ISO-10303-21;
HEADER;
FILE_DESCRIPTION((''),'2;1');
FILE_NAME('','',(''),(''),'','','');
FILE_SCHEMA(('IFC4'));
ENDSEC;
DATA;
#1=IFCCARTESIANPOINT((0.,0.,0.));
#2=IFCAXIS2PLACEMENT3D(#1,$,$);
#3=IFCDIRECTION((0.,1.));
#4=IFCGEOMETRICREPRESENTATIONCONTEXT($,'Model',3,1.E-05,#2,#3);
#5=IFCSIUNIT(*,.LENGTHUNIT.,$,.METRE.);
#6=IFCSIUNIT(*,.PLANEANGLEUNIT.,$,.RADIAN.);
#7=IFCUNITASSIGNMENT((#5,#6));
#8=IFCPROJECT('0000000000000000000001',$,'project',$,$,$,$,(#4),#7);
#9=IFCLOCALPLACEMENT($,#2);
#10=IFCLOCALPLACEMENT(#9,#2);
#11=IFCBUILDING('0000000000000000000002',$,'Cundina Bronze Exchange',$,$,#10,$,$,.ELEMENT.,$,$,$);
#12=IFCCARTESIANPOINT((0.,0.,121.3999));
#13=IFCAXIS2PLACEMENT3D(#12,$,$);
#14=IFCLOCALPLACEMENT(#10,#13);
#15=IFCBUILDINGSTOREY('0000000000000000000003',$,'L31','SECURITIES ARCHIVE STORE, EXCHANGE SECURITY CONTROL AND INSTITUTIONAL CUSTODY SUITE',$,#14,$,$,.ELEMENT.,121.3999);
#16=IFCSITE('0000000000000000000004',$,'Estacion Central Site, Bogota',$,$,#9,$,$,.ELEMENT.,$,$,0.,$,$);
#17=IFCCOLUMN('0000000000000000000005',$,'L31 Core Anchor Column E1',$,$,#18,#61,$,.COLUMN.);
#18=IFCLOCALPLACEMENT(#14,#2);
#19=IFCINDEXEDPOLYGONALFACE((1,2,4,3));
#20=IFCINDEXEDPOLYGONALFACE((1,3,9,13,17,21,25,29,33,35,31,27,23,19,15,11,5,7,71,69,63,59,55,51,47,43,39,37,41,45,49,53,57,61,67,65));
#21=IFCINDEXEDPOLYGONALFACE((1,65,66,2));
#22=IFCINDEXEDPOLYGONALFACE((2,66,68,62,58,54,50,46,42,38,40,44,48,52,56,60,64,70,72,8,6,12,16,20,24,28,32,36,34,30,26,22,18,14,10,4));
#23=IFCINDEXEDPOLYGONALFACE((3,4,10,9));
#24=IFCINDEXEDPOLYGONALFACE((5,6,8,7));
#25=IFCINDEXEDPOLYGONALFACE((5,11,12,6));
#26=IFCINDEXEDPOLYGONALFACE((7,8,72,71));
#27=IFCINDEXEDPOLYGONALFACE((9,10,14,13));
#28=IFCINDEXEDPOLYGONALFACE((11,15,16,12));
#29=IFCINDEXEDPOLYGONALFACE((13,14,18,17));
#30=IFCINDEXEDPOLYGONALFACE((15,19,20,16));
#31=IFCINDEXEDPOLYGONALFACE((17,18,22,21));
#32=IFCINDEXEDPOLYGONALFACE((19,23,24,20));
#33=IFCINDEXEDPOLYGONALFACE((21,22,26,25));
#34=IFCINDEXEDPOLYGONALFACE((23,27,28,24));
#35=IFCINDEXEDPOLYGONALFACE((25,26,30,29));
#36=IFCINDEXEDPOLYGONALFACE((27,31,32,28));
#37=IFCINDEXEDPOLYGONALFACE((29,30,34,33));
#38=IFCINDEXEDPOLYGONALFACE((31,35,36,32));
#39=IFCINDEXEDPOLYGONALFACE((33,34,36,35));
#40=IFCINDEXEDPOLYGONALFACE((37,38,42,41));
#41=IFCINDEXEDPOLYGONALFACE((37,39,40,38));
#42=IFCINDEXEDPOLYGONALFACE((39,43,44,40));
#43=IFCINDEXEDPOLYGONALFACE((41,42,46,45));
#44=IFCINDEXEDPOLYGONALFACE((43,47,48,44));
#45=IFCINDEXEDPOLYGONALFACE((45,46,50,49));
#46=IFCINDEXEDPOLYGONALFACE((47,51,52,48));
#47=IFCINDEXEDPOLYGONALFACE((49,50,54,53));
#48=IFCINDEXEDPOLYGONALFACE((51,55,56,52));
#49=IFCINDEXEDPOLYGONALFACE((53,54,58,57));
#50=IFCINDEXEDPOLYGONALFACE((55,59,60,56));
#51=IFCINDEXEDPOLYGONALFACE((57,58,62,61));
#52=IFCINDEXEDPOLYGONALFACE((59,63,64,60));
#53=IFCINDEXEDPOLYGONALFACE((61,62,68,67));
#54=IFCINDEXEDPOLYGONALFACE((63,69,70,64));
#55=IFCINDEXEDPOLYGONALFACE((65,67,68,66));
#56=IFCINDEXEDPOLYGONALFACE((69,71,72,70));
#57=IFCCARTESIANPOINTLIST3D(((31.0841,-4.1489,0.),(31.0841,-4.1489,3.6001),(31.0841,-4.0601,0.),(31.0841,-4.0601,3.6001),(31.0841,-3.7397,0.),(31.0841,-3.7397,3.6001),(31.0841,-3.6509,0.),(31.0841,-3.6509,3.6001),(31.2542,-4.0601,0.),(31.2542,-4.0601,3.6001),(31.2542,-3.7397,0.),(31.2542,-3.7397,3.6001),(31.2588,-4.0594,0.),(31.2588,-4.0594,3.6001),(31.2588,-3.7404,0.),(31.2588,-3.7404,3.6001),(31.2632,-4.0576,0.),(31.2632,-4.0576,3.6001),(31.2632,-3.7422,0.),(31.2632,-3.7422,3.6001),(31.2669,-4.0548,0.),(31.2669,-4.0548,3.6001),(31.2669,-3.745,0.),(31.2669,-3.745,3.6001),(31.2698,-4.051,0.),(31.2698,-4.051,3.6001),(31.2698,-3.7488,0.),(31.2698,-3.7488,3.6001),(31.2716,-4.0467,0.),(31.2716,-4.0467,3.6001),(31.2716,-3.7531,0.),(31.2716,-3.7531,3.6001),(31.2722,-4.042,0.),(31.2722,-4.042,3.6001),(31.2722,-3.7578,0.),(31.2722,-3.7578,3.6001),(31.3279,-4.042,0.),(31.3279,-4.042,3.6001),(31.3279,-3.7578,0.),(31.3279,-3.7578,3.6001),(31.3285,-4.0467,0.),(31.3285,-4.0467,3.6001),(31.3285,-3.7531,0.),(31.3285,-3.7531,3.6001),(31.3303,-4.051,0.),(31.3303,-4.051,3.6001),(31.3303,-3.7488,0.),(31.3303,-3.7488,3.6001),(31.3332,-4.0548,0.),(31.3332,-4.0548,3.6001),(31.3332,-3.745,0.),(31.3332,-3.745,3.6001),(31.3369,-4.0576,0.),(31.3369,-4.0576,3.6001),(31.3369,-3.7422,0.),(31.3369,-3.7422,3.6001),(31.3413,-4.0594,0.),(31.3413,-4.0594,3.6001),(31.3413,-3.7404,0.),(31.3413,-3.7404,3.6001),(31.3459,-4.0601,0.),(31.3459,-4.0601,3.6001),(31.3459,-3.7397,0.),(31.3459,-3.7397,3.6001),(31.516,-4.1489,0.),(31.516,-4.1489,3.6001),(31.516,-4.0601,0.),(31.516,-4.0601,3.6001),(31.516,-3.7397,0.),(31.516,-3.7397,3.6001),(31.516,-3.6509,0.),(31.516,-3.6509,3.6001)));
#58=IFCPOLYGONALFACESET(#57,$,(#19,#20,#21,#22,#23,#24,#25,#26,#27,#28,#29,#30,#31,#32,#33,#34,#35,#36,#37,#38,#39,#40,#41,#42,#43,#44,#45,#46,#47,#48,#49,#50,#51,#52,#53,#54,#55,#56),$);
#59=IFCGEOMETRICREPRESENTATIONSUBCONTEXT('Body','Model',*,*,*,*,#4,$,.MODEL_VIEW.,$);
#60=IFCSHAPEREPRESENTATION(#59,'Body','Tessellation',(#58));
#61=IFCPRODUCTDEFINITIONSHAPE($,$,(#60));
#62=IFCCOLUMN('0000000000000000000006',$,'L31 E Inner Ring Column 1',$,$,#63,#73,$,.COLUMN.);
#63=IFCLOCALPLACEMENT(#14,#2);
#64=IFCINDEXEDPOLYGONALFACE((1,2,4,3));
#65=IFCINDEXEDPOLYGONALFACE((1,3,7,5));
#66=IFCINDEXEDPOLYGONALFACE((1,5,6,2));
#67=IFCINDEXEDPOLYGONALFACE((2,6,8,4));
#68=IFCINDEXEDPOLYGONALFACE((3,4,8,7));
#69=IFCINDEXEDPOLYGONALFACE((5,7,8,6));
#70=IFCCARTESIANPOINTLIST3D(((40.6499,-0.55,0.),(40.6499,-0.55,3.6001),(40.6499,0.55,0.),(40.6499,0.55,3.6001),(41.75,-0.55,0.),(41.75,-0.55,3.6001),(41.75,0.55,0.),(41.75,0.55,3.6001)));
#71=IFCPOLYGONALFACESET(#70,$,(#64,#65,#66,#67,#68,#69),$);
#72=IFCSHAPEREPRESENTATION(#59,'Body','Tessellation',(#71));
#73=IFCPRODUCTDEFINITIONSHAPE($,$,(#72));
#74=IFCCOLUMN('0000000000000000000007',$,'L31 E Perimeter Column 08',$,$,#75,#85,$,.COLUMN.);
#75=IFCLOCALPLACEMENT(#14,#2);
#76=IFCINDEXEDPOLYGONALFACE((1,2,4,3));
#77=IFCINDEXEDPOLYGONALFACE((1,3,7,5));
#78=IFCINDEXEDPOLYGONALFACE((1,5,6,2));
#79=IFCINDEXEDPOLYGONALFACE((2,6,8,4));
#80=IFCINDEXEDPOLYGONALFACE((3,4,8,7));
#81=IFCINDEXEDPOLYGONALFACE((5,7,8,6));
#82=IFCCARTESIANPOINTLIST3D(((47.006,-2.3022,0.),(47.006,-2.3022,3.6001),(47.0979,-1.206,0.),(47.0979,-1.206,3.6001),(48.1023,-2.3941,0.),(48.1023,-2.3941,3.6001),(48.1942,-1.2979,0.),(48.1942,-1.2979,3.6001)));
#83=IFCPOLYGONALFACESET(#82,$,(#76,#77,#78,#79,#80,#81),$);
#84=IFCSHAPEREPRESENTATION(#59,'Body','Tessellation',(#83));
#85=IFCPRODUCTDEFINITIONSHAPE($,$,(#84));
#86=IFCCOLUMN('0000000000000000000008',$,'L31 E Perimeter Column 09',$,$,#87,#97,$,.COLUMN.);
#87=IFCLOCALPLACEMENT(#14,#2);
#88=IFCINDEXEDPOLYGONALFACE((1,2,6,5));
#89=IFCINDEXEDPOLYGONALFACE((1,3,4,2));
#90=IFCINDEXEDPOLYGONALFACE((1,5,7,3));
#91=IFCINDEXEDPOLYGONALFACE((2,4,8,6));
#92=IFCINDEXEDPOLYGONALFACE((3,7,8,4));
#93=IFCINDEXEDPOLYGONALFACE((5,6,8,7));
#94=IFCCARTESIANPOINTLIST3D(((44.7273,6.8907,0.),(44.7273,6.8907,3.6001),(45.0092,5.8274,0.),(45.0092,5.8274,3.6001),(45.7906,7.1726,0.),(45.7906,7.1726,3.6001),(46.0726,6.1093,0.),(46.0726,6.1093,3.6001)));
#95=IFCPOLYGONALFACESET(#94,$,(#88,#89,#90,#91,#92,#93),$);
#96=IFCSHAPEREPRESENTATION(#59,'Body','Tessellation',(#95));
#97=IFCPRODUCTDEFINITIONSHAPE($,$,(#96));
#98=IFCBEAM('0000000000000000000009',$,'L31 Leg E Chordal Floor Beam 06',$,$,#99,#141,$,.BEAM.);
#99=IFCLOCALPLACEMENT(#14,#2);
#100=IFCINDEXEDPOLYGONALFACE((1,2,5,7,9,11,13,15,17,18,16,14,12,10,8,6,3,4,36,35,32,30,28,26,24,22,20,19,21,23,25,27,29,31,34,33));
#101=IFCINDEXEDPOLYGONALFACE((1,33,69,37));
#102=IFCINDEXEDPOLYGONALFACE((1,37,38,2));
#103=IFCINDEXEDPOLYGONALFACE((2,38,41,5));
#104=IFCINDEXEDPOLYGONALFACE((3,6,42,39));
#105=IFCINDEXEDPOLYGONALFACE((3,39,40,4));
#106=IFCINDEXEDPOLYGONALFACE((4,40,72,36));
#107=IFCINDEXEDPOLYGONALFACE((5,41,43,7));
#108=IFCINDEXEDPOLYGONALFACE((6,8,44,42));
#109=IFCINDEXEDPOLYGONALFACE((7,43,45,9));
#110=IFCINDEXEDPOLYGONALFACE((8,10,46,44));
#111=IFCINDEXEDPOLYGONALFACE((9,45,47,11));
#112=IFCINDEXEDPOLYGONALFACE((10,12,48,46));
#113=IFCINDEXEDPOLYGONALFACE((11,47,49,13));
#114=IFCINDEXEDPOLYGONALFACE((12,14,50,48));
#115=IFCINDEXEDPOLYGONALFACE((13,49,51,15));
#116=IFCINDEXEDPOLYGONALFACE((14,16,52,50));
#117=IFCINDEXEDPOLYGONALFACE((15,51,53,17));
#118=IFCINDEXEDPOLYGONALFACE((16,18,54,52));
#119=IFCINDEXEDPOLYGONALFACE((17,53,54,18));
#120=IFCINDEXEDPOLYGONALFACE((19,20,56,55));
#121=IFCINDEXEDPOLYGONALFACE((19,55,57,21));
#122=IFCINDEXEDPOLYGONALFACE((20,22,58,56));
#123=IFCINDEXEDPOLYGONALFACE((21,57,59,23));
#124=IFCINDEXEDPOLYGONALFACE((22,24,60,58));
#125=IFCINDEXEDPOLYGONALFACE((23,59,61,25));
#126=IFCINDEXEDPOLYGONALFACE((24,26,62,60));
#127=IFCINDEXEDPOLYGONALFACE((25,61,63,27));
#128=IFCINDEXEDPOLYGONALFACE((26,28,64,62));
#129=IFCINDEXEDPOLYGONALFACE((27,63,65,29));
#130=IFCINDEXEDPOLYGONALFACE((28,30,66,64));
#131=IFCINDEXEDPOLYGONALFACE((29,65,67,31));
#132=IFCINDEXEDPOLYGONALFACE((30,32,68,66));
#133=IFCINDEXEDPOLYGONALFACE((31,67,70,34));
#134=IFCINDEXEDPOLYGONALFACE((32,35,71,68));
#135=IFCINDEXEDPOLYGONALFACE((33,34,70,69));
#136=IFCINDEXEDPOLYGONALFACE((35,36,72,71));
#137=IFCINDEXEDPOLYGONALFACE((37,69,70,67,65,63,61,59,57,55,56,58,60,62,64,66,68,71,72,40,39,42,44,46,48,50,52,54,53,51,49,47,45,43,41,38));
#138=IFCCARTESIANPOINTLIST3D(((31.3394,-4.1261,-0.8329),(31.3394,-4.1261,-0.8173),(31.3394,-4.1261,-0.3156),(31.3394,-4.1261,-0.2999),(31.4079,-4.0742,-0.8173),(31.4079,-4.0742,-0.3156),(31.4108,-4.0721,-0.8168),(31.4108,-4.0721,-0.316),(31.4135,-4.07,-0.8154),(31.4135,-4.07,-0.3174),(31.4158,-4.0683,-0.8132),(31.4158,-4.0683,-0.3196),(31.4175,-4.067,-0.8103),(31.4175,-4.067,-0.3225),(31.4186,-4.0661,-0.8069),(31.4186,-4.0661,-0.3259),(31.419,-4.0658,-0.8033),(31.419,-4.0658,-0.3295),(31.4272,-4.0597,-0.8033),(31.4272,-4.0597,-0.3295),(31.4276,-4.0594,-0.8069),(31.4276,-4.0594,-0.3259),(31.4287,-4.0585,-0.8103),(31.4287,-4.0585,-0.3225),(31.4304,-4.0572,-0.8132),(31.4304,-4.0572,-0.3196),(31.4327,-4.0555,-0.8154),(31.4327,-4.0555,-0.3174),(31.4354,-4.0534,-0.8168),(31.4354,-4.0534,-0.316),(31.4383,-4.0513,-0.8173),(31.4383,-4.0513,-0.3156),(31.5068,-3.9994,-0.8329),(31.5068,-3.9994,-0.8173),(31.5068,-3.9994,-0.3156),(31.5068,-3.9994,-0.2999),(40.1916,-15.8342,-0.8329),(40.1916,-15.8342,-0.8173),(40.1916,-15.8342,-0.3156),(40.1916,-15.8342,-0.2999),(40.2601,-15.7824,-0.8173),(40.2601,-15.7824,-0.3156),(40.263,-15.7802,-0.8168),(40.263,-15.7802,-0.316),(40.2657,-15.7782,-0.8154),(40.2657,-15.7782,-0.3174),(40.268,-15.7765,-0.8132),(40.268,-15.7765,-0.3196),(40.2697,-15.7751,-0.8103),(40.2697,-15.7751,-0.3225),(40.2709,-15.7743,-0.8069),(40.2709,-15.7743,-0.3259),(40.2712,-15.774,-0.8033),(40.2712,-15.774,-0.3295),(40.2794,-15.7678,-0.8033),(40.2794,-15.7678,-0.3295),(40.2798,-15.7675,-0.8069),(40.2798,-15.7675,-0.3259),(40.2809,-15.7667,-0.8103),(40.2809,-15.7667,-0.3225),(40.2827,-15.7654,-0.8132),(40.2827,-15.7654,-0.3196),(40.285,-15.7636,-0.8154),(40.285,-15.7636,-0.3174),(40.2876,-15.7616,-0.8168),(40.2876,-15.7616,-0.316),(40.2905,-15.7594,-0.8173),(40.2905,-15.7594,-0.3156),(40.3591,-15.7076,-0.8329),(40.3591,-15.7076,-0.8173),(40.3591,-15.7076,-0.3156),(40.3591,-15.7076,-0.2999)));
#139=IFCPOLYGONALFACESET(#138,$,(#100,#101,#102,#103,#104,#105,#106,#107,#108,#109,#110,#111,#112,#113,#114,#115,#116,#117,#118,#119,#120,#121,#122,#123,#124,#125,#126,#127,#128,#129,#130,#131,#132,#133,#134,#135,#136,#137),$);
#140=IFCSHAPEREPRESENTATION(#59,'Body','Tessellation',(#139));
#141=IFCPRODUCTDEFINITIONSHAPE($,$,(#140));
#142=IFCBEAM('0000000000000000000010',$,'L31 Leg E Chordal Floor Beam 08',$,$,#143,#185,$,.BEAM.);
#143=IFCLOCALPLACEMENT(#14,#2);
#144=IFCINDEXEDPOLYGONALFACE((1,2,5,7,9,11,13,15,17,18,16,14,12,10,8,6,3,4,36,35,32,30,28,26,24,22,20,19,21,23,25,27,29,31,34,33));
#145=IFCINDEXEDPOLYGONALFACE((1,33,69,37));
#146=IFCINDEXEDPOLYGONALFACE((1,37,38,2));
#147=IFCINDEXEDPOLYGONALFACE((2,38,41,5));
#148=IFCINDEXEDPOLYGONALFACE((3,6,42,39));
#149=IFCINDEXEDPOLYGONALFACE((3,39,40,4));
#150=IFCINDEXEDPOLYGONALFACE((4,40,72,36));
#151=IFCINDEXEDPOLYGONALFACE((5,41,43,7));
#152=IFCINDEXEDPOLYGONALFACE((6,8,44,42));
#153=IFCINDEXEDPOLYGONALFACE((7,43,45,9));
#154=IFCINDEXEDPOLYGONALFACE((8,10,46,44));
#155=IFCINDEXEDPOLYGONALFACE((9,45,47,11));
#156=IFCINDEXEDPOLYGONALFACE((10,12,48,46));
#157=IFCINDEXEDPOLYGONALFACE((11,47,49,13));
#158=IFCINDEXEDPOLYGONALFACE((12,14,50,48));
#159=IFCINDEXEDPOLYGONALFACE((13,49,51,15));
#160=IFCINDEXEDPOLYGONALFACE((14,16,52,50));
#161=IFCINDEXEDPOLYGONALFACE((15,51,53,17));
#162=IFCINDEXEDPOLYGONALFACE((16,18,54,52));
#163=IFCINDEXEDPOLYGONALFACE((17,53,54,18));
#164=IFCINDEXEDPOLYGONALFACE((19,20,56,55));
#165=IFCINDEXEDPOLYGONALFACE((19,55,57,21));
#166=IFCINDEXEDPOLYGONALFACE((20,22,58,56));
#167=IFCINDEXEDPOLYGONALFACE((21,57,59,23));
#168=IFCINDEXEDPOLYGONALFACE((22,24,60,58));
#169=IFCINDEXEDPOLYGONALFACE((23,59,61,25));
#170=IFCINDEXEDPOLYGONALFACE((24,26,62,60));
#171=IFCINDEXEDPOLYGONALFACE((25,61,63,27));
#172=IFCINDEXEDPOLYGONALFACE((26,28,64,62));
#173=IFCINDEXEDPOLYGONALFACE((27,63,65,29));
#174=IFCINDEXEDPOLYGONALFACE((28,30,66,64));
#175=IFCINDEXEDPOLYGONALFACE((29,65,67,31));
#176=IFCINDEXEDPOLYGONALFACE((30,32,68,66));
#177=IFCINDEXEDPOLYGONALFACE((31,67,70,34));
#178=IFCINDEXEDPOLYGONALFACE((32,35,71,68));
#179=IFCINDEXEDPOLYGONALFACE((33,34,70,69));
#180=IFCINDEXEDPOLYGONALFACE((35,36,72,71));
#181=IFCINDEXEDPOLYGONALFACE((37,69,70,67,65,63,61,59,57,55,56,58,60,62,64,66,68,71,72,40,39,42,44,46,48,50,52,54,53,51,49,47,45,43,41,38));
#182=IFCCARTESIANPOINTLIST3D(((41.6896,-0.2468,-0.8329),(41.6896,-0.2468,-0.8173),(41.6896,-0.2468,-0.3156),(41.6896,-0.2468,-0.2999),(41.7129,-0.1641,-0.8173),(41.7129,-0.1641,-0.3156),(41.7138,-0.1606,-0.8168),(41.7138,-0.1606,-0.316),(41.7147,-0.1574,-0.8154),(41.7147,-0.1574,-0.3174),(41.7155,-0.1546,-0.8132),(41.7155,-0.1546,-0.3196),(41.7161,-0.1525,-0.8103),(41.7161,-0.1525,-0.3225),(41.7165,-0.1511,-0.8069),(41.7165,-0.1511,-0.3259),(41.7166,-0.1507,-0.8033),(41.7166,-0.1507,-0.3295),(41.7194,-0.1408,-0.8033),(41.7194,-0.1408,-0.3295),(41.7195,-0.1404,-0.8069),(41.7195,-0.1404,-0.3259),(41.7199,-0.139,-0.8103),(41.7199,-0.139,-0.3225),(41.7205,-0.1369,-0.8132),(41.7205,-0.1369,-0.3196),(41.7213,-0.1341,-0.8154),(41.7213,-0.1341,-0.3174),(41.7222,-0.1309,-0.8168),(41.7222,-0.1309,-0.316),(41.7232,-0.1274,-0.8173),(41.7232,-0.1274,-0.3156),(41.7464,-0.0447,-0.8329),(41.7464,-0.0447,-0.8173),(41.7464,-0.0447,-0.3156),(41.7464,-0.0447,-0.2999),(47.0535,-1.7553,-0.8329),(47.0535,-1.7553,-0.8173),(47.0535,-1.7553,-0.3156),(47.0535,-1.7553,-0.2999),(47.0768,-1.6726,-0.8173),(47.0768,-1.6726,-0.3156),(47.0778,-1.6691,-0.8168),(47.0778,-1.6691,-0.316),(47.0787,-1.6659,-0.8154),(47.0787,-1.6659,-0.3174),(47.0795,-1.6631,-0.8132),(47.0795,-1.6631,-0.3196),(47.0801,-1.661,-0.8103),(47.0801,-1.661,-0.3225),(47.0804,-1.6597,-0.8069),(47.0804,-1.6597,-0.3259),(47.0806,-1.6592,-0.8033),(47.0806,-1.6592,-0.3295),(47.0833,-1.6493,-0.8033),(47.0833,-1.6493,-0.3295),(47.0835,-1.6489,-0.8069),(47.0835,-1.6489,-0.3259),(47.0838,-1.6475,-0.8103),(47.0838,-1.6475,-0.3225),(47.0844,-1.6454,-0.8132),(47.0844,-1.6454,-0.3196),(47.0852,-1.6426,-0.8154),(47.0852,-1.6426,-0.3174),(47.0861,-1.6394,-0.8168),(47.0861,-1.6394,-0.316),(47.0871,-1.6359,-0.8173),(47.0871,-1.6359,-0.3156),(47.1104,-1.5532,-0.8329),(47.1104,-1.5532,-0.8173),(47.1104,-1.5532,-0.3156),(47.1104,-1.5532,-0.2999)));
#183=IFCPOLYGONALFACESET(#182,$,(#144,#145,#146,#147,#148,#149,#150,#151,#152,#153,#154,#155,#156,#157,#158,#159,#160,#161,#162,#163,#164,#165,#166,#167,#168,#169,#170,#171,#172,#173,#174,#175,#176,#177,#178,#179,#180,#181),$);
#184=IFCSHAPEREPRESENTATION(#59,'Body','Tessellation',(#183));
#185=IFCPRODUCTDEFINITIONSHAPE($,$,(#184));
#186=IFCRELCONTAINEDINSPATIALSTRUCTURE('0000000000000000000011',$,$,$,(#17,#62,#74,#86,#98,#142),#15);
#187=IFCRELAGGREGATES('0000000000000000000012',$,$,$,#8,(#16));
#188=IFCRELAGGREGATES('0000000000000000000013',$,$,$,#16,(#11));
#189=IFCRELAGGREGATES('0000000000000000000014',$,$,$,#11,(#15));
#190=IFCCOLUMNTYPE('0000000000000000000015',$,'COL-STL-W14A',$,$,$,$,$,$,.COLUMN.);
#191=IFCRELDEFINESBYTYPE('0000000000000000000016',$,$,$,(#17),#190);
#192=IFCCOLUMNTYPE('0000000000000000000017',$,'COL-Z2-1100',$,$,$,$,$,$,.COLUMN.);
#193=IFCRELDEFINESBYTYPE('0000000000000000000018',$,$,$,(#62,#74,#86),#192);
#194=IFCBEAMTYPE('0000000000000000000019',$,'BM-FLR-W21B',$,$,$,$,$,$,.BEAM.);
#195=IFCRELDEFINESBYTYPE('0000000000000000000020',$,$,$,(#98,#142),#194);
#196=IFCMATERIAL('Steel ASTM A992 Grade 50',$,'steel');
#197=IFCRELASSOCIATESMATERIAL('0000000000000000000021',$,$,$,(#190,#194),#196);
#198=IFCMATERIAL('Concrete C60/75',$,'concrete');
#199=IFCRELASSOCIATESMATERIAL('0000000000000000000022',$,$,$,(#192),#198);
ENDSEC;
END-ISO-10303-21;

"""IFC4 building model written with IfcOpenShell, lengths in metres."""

from ifc_helpers import new_model, si_unit, direction, frame, origin, origin_2d, place, context, subcontext, project, spatial, rectangle, i_section, extrude, material, material_profile, profile_set, type_object, element, save


model = new_model("IFC4")

# Units and contexts
model_context = context("Model", 3, precision=1e-05, world=origin(), true_north=direction((0.0, 1.0)))
body_context = subcontext(model_context, "Body", "Model", "MODEL_VIEW")
ifc_project = project(units=[si_unit("LENGTHUNIT", "METRE"), si_unit("PLANEANGLEUNIT", "RADIAN")], contexts=[model_context])

# Site, building, storey
site_placement = place(None, origin())
site = spatial("IfcSite", under=ifc_project, at=site_placement, Name="Estacion Central Site, Bogota", CompositionType="ELEMENT", RefElevation=0.0)
building_placement = place(site_placement, origin())
building = spatial("IfcBuilding", under=site, at=building_placement, Name="Cundina Bronze Exchange", CompositionType="ELEMENT")
storey_placement = place(building_placement, frame((0.0, 0.0, 121.3999)))
storey = spatial("IfcBuildingStorey", under=building, at=storey_placement, Name="L31", Description="SECURITIES ARCHIVE STORE, EXCHANGE SECURITY CONTROL AND INSTITUTIONAL CUSTODY SUITE", CompositionType="ELEMENT", Elevation=121.3999)

# Columns
ifc_material_1 = material(Name="Steel ASTM A992 Grade 50", Category="steel")
ifc_material_profile_1 = material_profile(ifc_material_1, i_section(OverallWidth=0.4319, OverallDepth=0.498, WebThickness=0.0557, FlangeThickness=0.0889, FilletRadius=0.0181, at=origin_2d()), Name="W14X500", Category="steel")
ifc_profile_set_1 = profile_set([ifc_material_profile_1], Name="Steel ASTM A992 Grade 50")
column_type_1 = type_object("IfcColumnType", Name="COL-STL-W14A", PredefinedType="COLUMN", material=ifc_profile_set_1)
column_placement = place(storey_placement, frame((31.3, -3.8999, 0.0), z_axis=(0.0, 0.0, 1.0), x_axis=(1.0, 0.0, 0.0)))
element("IfcColumn", 1, at=column_placement, inside=storey, type_object=column_type_1, Name="L31 Core Anchor Column E1", PredefinedType="COLUMN", context=body_context, shape_type="SweptSolid", body=[
    extrude(i_section(OverallWidth=0.4319, OverallDepth=0.498, WebThickness=0.0557, FlangeThickness=0.0889, FilletRadius=0.0181, at=origin_2d()), origin(), (0.0, 0.0, 1.0), 3.6001),
])
ifc_material_2 = material(Name="Concrete C60/75", Category="concrete")
ifc_material_profile_2 = material_profile(ifc_material_2, rectangle(XDim=1.1001, YDim=1.1001, at=origin_2d()), Name="RC1100X1100", Category="concrete")
ifc_profile_set_2 = profile_set([ifc_material_profile_2], Name="Concrete C60/75")
column_type_2 = type_object("IfcColumnType", Name="COL-Z2-1100", PredefinedType="COLUMN", material=ifc_profile_set_2)
for number, where, z_axis, x_axis, name in (
    (2, (41.2, 0.0, 0.0), (0.0, 0.0, 1.0), (1.0, 0.0, 0.0), "L31 E Inner Ring Column 1"),
    (3, (47.6001, -1.8, 0.0), (0.0, 0.0, 1.0), (0.083504, 0.996507, 0.0), "L31 E Perimeter Column 08"),
    (4, (45.3999, 6.5, 0.0), (0.0, 0.0, 1.0), (-0.256289, 0.9666, 0.0), "L31 E Perimeter Column 09"),
):
    element("IfcColumn", number, at=place(storey_placement, frame(where, z_axis=z_axis, x_axis=x_axis)), inside=storey, type_object=column_type_2, Name=name, PredefinedType="COLUMN", context=body_context, shape_type="SweptSolid", body=[
        extrude(rectangle(XDim=1.1001, YDim=1.1001, at=origin_2d()), origin(), (0.0, 0.0, 1.0), 3.6001),
    ])

# Beams
ifc_material_profile_3 = material_profile(ifc_material_1, i_section(OverallWidth=0.21, OverallDepth=0.533, WebThickness=0.0103, FlangeThickness=0.0156, FilletRadius=0.0139, at=origin_2d()), Name="W21X62", Category="steel")
ifc_profile_set_3 = profile_set([ifc_material_profile_3], Name="Steel ASTM A992 Grade 50")
beam_type_1 = type_object("IfcBeamType", Name="BM-FLR-W21B", PredefinedType="BEAM", material=ifc_profile_set_3)
beam_1_placement = place(storey_placement, frame((31.4231, -4.0627, -0.5664), z_axis=(0.603096, -0.797669, 0.0), x_axis=(0.797669, 0.603096, 0.0)))
element("IfcBeam", 5, at=beam_1_placement, inside=storey, type_object=beam_type_1, Name="L31 Leg E Chordal Floor Beam 06", PredefinedType="BEAM", context=body_context, shape_type="SweptSolid", body=[
    extrude(i_section(OverallWidth=0.21, OverallDepth=0.533, WebThickness=0.0103, FlangeThickness=0.0156, FilletRadius=0.0139, at=origin_2d()), origin(), (0.0, 0.0, 1.0), 14.678),
])
beam_2_placement = place(storey_placement, frame((41.718, -0.1458, -0.5664), z_axis=(0.962655, -0.270732, 0.0), x_axis=(0.270732, 0.962655, 0.0)))
element("IfcBeam", 6, at=beam_2_placement, inside=storey, type_object=beam_type_1, Name="L31 Leg E Chordal Floor Beam 08", PredefinedType="BEAM", context=body_context, shape_type="SweptSolid", body=[
    extrude(i_section(OverallWidth=0.21, OverallDepth=0.533, WebThickness=0.0103, FlangeThickness=0.0156, FilletRadius=0.0139, at=origin_2d()), origin(), (0.0, 0.0, 1.0), 5.572),
])

save(model, "model.ifc")
